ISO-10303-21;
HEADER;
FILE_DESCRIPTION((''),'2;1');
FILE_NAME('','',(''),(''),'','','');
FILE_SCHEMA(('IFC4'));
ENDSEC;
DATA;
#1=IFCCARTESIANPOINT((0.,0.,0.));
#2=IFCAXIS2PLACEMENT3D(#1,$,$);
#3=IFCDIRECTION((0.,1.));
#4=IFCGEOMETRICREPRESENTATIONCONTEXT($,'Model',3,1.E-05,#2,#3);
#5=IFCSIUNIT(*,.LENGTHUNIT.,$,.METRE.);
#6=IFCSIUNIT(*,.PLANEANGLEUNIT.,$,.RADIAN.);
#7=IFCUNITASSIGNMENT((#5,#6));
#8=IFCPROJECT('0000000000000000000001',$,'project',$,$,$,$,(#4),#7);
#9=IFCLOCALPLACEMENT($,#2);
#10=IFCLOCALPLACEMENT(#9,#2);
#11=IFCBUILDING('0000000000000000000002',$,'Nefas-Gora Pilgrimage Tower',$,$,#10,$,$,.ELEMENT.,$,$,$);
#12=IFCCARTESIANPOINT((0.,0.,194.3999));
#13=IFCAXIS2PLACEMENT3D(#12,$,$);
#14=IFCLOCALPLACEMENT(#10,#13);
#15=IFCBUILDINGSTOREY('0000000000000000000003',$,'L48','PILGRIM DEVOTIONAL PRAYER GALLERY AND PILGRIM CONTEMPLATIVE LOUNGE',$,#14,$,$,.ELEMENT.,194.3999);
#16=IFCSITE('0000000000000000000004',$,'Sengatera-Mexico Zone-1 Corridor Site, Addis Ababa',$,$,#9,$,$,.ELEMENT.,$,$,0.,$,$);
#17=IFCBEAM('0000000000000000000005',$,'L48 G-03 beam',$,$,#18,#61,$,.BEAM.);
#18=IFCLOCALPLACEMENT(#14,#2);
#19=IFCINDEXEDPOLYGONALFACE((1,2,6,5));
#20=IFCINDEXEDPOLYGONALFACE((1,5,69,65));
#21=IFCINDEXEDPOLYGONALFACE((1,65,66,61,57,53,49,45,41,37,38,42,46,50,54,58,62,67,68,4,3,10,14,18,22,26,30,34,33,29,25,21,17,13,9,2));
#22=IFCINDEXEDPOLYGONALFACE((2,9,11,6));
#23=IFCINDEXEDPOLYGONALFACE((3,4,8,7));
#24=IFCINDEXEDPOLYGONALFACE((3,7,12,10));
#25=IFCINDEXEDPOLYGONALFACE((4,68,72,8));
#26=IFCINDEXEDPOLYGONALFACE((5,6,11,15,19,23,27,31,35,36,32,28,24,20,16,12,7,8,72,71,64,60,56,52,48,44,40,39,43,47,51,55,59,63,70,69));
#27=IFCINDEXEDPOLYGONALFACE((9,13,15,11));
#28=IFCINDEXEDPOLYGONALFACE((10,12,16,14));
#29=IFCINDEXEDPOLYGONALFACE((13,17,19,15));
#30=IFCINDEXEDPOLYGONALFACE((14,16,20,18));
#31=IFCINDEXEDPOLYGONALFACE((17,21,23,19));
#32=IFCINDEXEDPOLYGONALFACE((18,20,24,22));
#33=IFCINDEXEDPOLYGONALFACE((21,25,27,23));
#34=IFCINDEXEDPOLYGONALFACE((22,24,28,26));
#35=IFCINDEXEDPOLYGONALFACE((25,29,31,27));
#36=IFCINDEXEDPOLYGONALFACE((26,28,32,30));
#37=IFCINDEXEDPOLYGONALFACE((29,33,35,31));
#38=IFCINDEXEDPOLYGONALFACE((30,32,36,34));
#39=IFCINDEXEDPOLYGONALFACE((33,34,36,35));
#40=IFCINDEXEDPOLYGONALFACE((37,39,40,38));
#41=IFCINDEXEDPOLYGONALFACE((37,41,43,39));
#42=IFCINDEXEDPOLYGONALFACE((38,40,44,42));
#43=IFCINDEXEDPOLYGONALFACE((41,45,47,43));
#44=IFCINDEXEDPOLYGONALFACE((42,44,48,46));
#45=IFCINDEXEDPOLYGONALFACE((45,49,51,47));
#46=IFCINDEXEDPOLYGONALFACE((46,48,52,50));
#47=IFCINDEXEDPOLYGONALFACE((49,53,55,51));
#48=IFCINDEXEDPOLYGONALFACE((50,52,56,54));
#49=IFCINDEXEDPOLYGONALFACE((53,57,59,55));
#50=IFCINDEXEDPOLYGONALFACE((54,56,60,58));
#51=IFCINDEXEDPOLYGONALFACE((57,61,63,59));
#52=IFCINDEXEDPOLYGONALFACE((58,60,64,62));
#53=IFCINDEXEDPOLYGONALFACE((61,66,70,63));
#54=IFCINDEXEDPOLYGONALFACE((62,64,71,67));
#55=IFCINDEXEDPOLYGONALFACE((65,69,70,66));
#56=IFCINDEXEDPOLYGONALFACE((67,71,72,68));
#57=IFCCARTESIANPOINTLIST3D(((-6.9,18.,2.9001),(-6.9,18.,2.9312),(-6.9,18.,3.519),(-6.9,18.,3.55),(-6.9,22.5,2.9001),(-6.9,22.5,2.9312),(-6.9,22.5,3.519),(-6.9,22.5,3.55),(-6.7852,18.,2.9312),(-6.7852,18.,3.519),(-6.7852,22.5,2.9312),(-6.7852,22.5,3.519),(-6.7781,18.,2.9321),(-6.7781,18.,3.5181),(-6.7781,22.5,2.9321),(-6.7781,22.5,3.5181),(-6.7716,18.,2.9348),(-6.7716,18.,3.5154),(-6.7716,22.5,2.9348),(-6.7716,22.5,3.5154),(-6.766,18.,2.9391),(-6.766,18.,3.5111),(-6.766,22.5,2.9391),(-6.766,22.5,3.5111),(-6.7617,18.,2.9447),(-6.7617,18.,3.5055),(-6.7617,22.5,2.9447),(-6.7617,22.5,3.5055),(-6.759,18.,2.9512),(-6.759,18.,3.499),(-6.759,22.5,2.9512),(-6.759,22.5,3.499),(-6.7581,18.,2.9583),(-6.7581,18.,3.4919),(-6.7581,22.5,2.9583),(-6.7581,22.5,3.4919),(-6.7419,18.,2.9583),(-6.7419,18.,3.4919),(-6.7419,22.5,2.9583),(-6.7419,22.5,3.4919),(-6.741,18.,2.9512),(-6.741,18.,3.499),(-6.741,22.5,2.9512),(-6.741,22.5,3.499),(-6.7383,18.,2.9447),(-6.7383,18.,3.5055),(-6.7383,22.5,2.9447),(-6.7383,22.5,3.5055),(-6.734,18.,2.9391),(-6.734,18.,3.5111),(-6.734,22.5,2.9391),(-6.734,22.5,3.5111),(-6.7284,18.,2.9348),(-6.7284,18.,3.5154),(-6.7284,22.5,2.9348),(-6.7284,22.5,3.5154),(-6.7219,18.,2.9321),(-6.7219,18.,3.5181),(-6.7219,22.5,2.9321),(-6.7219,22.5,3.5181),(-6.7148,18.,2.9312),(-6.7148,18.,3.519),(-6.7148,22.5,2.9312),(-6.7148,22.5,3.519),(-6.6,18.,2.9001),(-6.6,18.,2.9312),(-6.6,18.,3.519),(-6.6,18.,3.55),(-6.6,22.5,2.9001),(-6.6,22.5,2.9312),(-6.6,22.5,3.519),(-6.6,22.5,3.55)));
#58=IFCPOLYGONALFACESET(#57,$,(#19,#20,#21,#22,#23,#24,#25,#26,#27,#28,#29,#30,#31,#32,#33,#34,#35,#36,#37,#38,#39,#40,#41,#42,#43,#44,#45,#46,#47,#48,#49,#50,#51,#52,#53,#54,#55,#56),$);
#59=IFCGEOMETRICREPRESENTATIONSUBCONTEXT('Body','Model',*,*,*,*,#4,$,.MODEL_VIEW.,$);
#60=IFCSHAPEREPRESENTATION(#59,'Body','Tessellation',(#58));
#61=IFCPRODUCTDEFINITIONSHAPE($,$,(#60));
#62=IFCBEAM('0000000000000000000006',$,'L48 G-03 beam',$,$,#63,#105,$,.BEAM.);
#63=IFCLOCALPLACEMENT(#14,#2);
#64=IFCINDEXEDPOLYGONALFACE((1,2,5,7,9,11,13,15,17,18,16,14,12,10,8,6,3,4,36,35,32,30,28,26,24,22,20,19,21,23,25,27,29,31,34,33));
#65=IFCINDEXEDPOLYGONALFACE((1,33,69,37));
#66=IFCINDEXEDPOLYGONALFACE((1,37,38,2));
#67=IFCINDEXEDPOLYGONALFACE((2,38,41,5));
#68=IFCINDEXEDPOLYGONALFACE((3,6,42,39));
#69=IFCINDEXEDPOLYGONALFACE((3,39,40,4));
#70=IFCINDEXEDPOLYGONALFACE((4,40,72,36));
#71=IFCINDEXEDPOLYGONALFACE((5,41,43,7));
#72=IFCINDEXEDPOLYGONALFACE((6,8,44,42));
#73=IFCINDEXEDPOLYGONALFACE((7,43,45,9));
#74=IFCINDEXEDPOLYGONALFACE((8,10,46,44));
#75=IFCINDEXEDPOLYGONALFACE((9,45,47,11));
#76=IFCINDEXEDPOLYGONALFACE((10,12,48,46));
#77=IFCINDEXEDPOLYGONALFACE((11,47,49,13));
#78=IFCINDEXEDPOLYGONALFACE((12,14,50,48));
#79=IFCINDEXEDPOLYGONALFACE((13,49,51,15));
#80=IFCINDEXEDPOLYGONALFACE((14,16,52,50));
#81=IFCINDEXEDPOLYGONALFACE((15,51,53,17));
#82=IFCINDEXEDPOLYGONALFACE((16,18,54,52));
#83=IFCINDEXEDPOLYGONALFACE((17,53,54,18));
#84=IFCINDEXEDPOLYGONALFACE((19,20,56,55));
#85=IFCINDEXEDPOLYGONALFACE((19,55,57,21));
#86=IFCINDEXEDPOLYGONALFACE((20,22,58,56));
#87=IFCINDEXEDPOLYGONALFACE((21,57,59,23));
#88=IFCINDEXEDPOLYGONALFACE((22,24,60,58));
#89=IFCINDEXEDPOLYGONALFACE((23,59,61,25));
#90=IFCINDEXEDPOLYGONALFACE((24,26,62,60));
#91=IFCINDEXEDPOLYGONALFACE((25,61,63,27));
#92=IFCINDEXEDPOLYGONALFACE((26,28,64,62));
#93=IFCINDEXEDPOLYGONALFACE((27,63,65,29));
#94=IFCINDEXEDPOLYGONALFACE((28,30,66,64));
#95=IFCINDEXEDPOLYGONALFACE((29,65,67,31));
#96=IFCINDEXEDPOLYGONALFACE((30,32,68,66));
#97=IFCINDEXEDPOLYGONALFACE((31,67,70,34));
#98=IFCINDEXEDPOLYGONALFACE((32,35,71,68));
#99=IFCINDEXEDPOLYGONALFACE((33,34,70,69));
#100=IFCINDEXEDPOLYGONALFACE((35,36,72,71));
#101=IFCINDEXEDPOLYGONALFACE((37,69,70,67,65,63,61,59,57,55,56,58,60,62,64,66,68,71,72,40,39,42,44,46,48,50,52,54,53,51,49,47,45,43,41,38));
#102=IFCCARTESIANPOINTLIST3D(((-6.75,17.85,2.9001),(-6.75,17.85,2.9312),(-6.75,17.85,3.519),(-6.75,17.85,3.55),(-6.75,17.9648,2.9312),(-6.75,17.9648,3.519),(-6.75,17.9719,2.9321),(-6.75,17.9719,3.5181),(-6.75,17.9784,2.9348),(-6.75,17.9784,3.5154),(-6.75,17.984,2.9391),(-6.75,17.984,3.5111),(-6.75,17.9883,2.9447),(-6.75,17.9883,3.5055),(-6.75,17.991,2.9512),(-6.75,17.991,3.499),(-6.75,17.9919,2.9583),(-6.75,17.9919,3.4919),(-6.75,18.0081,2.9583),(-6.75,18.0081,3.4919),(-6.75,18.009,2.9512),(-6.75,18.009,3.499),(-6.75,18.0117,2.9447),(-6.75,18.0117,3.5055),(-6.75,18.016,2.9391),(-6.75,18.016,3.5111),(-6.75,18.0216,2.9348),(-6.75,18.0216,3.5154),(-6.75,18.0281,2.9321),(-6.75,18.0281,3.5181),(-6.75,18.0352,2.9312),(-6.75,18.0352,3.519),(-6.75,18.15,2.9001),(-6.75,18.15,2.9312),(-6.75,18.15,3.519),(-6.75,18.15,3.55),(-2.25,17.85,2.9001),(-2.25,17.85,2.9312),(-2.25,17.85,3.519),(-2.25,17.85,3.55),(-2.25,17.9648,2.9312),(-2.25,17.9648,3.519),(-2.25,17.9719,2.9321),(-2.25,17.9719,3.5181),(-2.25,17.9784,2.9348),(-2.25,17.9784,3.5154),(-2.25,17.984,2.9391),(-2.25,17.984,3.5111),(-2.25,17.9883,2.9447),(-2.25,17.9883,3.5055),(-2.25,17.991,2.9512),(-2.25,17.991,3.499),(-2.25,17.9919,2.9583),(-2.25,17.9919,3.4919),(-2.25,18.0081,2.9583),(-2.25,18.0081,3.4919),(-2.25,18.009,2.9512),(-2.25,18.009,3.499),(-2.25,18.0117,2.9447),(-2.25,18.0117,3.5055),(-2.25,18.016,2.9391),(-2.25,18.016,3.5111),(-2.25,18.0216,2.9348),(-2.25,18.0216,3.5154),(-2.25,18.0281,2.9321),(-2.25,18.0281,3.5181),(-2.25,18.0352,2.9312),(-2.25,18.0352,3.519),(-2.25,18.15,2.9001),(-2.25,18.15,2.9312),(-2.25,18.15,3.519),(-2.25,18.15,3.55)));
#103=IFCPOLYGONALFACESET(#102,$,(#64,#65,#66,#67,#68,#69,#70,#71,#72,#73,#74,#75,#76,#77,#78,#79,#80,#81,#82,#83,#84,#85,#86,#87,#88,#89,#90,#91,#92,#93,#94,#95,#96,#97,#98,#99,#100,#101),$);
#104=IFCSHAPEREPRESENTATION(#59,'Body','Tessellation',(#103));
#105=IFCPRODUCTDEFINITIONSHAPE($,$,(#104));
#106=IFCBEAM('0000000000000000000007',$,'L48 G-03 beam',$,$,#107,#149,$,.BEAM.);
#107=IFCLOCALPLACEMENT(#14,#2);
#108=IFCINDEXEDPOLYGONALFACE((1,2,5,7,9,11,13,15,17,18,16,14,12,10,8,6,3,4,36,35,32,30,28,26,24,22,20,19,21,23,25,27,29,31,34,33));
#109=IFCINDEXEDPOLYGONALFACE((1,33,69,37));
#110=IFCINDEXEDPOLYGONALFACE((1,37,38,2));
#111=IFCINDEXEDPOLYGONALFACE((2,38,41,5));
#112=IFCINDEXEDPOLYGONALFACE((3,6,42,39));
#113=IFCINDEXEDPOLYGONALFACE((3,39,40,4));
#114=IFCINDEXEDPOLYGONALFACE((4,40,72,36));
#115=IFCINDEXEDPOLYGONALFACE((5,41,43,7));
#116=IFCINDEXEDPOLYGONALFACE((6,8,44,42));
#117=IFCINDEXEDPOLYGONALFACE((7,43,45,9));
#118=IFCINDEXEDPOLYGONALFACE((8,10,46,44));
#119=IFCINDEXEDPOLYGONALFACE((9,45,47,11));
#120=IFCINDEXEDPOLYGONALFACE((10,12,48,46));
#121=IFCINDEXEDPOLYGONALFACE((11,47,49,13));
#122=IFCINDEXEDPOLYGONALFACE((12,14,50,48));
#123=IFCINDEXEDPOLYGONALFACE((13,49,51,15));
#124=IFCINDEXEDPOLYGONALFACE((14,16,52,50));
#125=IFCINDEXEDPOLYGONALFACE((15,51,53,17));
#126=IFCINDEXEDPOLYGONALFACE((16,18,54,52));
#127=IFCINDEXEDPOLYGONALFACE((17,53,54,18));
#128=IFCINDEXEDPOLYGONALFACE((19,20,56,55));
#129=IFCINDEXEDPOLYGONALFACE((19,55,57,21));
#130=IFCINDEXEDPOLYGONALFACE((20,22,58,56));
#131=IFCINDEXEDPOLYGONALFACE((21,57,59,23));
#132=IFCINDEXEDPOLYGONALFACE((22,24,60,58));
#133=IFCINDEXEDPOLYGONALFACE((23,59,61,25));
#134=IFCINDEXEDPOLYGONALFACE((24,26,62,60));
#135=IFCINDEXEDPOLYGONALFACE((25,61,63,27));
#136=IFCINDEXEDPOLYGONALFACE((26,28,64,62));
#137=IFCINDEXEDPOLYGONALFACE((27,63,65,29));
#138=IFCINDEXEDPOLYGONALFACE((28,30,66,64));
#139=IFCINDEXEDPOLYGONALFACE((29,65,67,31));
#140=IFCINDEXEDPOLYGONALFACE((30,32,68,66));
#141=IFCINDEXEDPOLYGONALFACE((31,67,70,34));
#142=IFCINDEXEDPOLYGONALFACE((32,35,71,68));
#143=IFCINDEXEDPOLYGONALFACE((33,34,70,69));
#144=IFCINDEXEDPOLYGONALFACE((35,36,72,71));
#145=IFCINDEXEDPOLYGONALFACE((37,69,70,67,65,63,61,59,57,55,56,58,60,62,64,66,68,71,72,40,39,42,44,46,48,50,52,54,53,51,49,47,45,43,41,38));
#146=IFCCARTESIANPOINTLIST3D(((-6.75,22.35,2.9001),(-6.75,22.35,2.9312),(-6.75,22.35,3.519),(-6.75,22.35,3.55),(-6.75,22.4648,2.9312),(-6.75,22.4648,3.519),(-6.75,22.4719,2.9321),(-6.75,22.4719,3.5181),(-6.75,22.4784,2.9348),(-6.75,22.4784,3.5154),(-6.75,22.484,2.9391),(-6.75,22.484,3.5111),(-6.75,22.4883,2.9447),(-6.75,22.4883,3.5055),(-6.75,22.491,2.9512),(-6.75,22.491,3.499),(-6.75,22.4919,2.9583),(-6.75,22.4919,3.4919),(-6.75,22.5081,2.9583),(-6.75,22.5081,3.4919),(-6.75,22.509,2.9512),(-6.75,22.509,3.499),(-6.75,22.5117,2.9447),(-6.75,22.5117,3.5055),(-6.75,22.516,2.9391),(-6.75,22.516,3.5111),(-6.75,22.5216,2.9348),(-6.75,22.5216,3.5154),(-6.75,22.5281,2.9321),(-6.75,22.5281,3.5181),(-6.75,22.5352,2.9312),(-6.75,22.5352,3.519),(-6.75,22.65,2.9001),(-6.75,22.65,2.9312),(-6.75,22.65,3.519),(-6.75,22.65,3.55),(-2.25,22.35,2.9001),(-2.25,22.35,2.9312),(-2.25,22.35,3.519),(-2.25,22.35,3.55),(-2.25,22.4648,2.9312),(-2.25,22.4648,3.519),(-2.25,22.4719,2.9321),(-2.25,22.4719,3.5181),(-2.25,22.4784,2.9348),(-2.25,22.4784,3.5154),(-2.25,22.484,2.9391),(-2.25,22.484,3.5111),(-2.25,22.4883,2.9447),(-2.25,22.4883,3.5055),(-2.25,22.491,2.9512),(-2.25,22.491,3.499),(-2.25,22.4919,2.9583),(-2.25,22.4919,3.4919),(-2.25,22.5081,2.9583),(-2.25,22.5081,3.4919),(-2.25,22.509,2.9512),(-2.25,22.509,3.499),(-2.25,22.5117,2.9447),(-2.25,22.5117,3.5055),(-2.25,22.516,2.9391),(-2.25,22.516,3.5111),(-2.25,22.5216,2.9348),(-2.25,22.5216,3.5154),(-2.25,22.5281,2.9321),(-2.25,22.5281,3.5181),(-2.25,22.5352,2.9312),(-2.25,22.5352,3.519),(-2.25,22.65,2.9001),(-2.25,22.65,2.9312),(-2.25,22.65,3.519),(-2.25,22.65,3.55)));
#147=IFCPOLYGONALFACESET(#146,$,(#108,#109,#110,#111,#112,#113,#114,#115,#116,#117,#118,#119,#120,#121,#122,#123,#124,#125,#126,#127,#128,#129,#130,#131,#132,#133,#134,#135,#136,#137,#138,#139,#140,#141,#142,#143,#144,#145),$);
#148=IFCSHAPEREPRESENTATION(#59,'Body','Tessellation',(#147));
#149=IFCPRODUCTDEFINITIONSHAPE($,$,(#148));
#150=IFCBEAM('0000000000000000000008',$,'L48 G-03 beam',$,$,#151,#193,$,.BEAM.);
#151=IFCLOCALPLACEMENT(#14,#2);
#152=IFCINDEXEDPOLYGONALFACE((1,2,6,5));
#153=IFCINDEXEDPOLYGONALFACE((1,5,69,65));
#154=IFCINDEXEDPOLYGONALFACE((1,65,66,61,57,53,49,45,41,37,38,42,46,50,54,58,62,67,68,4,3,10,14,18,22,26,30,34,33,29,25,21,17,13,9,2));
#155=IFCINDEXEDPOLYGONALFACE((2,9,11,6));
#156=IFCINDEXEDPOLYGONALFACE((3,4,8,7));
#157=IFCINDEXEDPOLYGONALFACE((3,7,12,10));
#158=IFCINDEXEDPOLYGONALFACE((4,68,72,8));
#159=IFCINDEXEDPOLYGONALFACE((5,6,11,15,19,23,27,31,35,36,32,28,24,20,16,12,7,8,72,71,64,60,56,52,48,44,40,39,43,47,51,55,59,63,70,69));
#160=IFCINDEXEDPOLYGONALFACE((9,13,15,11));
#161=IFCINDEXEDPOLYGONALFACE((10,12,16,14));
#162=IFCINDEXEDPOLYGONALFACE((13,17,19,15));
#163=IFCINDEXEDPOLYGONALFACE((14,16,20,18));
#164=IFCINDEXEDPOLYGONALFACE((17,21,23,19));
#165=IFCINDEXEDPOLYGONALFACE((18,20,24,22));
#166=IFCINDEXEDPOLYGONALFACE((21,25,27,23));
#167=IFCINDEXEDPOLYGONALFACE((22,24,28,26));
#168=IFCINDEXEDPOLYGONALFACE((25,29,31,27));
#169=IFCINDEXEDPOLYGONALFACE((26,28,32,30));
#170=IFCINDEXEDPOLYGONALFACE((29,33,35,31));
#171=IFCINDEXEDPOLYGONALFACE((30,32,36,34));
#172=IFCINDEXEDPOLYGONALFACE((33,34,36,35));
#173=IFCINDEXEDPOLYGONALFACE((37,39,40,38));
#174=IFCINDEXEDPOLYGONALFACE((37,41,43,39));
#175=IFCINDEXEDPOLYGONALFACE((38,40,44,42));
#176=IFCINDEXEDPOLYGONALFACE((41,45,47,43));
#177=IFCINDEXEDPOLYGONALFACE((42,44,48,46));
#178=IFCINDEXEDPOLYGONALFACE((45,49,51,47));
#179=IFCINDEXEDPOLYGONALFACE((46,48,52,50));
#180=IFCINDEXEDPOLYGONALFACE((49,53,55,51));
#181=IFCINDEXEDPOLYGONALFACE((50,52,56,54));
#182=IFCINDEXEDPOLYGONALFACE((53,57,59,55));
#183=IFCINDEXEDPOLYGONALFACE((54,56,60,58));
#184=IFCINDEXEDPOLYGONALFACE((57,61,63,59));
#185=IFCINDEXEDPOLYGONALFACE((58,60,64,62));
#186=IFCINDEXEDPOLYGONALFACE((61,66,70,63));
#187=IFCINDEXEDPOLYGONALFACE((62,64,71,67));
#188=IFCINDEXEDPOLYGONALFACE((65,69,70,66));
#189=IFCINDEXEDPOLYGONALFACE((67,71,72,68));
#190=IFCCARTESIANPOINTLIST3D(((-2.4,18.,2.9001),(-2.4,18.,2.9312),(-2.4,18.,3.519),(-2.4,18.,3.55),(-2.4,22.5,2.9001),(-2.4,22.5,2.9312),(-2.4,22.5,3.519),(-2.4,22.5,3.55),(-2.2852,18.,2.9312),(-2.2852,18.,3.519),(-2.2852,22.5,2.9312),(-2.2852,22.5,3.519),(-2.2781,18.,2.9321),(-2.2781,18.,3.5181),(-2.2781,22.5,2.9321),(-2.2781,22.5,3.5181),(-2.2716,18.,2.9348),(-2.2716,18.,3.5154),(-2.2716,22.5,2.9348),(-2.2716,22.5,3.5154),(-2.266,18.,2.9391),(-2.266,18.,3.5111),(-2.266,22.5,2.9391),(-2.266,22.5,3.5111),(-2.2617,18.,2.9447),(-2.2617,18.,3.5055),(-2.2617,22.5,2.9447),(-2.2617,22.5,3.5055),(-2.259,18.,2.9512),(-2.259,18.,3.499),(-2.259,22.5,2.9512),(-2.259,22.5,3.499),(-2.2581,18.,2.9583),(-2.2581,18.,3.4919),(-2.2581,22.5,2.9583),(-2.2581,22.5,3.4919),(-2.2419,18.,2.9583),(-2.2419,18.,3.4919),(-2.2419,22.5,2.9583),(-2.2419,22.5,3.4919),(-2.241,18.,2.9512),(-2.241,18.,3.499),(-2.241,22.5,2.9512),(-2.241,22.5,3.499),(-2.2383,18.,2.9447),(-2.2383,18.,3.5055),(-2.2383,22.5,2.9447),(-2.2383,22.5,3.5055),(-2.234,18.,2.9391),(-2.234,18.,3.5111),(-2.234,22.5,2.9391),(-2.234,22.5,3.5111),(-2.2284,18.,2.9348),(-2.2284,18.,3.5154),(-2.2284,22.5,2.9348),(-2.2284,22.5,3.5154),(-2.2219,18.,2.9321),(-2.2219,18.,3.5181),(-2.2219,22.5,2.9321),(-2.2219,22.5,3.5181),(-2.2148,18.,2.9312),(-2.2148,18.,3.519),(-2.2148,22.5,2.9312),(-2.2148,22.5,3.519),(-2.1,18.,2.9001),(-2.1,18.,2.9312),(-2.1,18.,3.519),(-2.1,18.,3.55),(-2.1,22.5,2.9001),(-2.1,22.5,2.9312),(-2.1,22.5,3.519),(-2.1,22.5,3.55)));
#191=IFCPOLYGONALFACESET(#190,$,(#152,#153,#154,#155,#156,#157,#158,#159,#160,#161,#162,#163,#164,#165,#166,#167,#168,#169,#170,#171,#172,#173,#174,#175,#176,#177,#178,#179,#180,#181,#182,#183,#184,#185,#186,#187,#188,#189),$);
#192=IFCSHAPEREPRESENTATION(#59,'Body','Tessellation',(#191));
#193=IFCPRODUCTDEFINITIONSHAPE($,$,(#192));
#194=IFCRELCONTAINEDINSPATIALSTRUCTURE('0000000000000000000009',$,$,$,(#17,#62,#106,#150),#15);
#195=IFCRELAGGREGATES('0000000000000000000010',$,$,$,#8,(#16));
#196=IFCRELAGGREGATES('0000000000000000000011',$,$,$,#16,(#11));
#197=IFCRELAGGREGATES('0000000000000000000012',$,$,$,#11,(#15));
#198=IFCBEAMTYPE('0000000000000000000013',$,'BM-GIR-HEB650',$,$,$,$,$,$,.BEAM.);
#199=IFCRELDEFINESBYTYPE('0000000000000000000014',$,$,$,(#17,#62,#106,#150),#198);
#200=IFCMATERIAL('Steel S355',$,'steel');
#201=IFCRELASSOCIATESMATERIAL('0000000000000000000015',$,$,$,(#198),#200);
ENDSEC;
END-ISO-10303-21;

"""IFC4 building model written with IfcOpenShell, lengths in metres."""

from ifc_helpers import new_model, si_unit, direction, frame, origin, origin_2d, place, context, subcontext, project, spatial, i_section, extrude, source, transform, mapped, material, material_profile, profile_set, type_object, element, save


model = new_model("IFC4")

# Units and contexts
model_context = context("Model", 3, precision=1e-05, world=origin(), true_north=direction((0.0, 1.0)))
body_context = subcontext(model_context, "Body", "Model", "MODEL_VIEW")
ifc_project = project(units=[si_unit("LENGTHUNIT", "METRE"), si_unit("PLANEANGLEUNIT", "RADIAN")], contexts=[model_context])

# Site, building, storey
site_placement = place(None, origin())
site = spatial("IfcSite", under=ifc_project, at=site_placement, Name="Sengatera-Mexico Zone-1 Corridor Site, Addis Ababa", CompositionType="ELEMENT", RefElevation=0.0)
building_placement = place(site_placement, origin())
building = spatial("IfcBuilding", under=site, at=building_placement, Name="Nefas-Gora Pilgrimage Tower", CompositionType="ELEMENT")
storey_placement = place(building_placement, frame((0.0, 0.0, 194.3999)))
storey = spatial("IfcBuildingStorey", under=building, at=storey_placement, Name="L48", Description="PILGRIM DEVOTIONAL PRAYER GALLERY AND PILGRIM CONTEMPLATIVE LOUNGE", CompositionType="ELEMENT", Elevation=194.3999)

# Beams
ifc_material_1 = material(Name="Steel S355", Category="steel")
ifc_material_profile_1 = material_profile(ifc_material_1, i_section(OverallWidth=0.3, OverallDepth=0.6499, WebThickness=0.0161, FlangeThickness=0.031, FilletRadius=0.0271, at=origin_2d()), Name="HEB 650")
ifc_profile_set_1 = profile_set([ifc_material_profile_1], Name="Steel S355")
beam_type = type_object("IfcBeamType", Name="BM-GIR-HEB650", PredefinedType="BEAM", material=ifc_profile_set_1)
shared_shape_1 = source(origin(), body_context, "Body", "SweptSolid", [
    extrude(i_section(OverallWidth=0.3, OverallDepth=0.6499, WebThickness=0.0161, FlangeThickness=0.031, FilletRadius=0.0271, at=origin_2d()), origin(), (0.0, 0.0, 1.0), 4.5),
])
for number, where, z_axis, x_axis, name in (
    (1, (-6.75, 18.0, 3.2251), (0.0, 1.0, 0.0), (-1.0, 0.0, 0.0), "L48 G-03 beam"),
    (2, (-6.75, 18.0, 3.2251), (1.0, 0.0, 0.0), (0.0, 1.0, 0.0), "L48 G-03 beam"),
    (3, (-6.75, 22.5, 3.2251), (1.0, 0.0, 0.0), (0.0, 1.0, 0.0), "L48 G-03 beam"),
    (4, (-2.25, 18.0, 3.2251), (0.0, 1.0, 0.0), (-1.0, 0.0, 0.0), "L48 G-03 beam"),
):
    element("IfcBeam", number, at=place(storey_placement, frame(where, z_axis=z_axis, x_axis=x_axis)), inside=storey, type_object=beam_type, Name=name, PredefinedType="BEAM", context=body_context, shape_type="MappedRepresentation", body=[
        mapped(shared_shape_1, transform((0.0, 0.0, 0.0), x_axis=(1.0, 0.0, 0.0), y_axis=(0.0, 1.0, 0.0), z_axis=(0.0, 0.0, 1.0), scale=1.0)),
    ])

save(model, "model.ifc")
